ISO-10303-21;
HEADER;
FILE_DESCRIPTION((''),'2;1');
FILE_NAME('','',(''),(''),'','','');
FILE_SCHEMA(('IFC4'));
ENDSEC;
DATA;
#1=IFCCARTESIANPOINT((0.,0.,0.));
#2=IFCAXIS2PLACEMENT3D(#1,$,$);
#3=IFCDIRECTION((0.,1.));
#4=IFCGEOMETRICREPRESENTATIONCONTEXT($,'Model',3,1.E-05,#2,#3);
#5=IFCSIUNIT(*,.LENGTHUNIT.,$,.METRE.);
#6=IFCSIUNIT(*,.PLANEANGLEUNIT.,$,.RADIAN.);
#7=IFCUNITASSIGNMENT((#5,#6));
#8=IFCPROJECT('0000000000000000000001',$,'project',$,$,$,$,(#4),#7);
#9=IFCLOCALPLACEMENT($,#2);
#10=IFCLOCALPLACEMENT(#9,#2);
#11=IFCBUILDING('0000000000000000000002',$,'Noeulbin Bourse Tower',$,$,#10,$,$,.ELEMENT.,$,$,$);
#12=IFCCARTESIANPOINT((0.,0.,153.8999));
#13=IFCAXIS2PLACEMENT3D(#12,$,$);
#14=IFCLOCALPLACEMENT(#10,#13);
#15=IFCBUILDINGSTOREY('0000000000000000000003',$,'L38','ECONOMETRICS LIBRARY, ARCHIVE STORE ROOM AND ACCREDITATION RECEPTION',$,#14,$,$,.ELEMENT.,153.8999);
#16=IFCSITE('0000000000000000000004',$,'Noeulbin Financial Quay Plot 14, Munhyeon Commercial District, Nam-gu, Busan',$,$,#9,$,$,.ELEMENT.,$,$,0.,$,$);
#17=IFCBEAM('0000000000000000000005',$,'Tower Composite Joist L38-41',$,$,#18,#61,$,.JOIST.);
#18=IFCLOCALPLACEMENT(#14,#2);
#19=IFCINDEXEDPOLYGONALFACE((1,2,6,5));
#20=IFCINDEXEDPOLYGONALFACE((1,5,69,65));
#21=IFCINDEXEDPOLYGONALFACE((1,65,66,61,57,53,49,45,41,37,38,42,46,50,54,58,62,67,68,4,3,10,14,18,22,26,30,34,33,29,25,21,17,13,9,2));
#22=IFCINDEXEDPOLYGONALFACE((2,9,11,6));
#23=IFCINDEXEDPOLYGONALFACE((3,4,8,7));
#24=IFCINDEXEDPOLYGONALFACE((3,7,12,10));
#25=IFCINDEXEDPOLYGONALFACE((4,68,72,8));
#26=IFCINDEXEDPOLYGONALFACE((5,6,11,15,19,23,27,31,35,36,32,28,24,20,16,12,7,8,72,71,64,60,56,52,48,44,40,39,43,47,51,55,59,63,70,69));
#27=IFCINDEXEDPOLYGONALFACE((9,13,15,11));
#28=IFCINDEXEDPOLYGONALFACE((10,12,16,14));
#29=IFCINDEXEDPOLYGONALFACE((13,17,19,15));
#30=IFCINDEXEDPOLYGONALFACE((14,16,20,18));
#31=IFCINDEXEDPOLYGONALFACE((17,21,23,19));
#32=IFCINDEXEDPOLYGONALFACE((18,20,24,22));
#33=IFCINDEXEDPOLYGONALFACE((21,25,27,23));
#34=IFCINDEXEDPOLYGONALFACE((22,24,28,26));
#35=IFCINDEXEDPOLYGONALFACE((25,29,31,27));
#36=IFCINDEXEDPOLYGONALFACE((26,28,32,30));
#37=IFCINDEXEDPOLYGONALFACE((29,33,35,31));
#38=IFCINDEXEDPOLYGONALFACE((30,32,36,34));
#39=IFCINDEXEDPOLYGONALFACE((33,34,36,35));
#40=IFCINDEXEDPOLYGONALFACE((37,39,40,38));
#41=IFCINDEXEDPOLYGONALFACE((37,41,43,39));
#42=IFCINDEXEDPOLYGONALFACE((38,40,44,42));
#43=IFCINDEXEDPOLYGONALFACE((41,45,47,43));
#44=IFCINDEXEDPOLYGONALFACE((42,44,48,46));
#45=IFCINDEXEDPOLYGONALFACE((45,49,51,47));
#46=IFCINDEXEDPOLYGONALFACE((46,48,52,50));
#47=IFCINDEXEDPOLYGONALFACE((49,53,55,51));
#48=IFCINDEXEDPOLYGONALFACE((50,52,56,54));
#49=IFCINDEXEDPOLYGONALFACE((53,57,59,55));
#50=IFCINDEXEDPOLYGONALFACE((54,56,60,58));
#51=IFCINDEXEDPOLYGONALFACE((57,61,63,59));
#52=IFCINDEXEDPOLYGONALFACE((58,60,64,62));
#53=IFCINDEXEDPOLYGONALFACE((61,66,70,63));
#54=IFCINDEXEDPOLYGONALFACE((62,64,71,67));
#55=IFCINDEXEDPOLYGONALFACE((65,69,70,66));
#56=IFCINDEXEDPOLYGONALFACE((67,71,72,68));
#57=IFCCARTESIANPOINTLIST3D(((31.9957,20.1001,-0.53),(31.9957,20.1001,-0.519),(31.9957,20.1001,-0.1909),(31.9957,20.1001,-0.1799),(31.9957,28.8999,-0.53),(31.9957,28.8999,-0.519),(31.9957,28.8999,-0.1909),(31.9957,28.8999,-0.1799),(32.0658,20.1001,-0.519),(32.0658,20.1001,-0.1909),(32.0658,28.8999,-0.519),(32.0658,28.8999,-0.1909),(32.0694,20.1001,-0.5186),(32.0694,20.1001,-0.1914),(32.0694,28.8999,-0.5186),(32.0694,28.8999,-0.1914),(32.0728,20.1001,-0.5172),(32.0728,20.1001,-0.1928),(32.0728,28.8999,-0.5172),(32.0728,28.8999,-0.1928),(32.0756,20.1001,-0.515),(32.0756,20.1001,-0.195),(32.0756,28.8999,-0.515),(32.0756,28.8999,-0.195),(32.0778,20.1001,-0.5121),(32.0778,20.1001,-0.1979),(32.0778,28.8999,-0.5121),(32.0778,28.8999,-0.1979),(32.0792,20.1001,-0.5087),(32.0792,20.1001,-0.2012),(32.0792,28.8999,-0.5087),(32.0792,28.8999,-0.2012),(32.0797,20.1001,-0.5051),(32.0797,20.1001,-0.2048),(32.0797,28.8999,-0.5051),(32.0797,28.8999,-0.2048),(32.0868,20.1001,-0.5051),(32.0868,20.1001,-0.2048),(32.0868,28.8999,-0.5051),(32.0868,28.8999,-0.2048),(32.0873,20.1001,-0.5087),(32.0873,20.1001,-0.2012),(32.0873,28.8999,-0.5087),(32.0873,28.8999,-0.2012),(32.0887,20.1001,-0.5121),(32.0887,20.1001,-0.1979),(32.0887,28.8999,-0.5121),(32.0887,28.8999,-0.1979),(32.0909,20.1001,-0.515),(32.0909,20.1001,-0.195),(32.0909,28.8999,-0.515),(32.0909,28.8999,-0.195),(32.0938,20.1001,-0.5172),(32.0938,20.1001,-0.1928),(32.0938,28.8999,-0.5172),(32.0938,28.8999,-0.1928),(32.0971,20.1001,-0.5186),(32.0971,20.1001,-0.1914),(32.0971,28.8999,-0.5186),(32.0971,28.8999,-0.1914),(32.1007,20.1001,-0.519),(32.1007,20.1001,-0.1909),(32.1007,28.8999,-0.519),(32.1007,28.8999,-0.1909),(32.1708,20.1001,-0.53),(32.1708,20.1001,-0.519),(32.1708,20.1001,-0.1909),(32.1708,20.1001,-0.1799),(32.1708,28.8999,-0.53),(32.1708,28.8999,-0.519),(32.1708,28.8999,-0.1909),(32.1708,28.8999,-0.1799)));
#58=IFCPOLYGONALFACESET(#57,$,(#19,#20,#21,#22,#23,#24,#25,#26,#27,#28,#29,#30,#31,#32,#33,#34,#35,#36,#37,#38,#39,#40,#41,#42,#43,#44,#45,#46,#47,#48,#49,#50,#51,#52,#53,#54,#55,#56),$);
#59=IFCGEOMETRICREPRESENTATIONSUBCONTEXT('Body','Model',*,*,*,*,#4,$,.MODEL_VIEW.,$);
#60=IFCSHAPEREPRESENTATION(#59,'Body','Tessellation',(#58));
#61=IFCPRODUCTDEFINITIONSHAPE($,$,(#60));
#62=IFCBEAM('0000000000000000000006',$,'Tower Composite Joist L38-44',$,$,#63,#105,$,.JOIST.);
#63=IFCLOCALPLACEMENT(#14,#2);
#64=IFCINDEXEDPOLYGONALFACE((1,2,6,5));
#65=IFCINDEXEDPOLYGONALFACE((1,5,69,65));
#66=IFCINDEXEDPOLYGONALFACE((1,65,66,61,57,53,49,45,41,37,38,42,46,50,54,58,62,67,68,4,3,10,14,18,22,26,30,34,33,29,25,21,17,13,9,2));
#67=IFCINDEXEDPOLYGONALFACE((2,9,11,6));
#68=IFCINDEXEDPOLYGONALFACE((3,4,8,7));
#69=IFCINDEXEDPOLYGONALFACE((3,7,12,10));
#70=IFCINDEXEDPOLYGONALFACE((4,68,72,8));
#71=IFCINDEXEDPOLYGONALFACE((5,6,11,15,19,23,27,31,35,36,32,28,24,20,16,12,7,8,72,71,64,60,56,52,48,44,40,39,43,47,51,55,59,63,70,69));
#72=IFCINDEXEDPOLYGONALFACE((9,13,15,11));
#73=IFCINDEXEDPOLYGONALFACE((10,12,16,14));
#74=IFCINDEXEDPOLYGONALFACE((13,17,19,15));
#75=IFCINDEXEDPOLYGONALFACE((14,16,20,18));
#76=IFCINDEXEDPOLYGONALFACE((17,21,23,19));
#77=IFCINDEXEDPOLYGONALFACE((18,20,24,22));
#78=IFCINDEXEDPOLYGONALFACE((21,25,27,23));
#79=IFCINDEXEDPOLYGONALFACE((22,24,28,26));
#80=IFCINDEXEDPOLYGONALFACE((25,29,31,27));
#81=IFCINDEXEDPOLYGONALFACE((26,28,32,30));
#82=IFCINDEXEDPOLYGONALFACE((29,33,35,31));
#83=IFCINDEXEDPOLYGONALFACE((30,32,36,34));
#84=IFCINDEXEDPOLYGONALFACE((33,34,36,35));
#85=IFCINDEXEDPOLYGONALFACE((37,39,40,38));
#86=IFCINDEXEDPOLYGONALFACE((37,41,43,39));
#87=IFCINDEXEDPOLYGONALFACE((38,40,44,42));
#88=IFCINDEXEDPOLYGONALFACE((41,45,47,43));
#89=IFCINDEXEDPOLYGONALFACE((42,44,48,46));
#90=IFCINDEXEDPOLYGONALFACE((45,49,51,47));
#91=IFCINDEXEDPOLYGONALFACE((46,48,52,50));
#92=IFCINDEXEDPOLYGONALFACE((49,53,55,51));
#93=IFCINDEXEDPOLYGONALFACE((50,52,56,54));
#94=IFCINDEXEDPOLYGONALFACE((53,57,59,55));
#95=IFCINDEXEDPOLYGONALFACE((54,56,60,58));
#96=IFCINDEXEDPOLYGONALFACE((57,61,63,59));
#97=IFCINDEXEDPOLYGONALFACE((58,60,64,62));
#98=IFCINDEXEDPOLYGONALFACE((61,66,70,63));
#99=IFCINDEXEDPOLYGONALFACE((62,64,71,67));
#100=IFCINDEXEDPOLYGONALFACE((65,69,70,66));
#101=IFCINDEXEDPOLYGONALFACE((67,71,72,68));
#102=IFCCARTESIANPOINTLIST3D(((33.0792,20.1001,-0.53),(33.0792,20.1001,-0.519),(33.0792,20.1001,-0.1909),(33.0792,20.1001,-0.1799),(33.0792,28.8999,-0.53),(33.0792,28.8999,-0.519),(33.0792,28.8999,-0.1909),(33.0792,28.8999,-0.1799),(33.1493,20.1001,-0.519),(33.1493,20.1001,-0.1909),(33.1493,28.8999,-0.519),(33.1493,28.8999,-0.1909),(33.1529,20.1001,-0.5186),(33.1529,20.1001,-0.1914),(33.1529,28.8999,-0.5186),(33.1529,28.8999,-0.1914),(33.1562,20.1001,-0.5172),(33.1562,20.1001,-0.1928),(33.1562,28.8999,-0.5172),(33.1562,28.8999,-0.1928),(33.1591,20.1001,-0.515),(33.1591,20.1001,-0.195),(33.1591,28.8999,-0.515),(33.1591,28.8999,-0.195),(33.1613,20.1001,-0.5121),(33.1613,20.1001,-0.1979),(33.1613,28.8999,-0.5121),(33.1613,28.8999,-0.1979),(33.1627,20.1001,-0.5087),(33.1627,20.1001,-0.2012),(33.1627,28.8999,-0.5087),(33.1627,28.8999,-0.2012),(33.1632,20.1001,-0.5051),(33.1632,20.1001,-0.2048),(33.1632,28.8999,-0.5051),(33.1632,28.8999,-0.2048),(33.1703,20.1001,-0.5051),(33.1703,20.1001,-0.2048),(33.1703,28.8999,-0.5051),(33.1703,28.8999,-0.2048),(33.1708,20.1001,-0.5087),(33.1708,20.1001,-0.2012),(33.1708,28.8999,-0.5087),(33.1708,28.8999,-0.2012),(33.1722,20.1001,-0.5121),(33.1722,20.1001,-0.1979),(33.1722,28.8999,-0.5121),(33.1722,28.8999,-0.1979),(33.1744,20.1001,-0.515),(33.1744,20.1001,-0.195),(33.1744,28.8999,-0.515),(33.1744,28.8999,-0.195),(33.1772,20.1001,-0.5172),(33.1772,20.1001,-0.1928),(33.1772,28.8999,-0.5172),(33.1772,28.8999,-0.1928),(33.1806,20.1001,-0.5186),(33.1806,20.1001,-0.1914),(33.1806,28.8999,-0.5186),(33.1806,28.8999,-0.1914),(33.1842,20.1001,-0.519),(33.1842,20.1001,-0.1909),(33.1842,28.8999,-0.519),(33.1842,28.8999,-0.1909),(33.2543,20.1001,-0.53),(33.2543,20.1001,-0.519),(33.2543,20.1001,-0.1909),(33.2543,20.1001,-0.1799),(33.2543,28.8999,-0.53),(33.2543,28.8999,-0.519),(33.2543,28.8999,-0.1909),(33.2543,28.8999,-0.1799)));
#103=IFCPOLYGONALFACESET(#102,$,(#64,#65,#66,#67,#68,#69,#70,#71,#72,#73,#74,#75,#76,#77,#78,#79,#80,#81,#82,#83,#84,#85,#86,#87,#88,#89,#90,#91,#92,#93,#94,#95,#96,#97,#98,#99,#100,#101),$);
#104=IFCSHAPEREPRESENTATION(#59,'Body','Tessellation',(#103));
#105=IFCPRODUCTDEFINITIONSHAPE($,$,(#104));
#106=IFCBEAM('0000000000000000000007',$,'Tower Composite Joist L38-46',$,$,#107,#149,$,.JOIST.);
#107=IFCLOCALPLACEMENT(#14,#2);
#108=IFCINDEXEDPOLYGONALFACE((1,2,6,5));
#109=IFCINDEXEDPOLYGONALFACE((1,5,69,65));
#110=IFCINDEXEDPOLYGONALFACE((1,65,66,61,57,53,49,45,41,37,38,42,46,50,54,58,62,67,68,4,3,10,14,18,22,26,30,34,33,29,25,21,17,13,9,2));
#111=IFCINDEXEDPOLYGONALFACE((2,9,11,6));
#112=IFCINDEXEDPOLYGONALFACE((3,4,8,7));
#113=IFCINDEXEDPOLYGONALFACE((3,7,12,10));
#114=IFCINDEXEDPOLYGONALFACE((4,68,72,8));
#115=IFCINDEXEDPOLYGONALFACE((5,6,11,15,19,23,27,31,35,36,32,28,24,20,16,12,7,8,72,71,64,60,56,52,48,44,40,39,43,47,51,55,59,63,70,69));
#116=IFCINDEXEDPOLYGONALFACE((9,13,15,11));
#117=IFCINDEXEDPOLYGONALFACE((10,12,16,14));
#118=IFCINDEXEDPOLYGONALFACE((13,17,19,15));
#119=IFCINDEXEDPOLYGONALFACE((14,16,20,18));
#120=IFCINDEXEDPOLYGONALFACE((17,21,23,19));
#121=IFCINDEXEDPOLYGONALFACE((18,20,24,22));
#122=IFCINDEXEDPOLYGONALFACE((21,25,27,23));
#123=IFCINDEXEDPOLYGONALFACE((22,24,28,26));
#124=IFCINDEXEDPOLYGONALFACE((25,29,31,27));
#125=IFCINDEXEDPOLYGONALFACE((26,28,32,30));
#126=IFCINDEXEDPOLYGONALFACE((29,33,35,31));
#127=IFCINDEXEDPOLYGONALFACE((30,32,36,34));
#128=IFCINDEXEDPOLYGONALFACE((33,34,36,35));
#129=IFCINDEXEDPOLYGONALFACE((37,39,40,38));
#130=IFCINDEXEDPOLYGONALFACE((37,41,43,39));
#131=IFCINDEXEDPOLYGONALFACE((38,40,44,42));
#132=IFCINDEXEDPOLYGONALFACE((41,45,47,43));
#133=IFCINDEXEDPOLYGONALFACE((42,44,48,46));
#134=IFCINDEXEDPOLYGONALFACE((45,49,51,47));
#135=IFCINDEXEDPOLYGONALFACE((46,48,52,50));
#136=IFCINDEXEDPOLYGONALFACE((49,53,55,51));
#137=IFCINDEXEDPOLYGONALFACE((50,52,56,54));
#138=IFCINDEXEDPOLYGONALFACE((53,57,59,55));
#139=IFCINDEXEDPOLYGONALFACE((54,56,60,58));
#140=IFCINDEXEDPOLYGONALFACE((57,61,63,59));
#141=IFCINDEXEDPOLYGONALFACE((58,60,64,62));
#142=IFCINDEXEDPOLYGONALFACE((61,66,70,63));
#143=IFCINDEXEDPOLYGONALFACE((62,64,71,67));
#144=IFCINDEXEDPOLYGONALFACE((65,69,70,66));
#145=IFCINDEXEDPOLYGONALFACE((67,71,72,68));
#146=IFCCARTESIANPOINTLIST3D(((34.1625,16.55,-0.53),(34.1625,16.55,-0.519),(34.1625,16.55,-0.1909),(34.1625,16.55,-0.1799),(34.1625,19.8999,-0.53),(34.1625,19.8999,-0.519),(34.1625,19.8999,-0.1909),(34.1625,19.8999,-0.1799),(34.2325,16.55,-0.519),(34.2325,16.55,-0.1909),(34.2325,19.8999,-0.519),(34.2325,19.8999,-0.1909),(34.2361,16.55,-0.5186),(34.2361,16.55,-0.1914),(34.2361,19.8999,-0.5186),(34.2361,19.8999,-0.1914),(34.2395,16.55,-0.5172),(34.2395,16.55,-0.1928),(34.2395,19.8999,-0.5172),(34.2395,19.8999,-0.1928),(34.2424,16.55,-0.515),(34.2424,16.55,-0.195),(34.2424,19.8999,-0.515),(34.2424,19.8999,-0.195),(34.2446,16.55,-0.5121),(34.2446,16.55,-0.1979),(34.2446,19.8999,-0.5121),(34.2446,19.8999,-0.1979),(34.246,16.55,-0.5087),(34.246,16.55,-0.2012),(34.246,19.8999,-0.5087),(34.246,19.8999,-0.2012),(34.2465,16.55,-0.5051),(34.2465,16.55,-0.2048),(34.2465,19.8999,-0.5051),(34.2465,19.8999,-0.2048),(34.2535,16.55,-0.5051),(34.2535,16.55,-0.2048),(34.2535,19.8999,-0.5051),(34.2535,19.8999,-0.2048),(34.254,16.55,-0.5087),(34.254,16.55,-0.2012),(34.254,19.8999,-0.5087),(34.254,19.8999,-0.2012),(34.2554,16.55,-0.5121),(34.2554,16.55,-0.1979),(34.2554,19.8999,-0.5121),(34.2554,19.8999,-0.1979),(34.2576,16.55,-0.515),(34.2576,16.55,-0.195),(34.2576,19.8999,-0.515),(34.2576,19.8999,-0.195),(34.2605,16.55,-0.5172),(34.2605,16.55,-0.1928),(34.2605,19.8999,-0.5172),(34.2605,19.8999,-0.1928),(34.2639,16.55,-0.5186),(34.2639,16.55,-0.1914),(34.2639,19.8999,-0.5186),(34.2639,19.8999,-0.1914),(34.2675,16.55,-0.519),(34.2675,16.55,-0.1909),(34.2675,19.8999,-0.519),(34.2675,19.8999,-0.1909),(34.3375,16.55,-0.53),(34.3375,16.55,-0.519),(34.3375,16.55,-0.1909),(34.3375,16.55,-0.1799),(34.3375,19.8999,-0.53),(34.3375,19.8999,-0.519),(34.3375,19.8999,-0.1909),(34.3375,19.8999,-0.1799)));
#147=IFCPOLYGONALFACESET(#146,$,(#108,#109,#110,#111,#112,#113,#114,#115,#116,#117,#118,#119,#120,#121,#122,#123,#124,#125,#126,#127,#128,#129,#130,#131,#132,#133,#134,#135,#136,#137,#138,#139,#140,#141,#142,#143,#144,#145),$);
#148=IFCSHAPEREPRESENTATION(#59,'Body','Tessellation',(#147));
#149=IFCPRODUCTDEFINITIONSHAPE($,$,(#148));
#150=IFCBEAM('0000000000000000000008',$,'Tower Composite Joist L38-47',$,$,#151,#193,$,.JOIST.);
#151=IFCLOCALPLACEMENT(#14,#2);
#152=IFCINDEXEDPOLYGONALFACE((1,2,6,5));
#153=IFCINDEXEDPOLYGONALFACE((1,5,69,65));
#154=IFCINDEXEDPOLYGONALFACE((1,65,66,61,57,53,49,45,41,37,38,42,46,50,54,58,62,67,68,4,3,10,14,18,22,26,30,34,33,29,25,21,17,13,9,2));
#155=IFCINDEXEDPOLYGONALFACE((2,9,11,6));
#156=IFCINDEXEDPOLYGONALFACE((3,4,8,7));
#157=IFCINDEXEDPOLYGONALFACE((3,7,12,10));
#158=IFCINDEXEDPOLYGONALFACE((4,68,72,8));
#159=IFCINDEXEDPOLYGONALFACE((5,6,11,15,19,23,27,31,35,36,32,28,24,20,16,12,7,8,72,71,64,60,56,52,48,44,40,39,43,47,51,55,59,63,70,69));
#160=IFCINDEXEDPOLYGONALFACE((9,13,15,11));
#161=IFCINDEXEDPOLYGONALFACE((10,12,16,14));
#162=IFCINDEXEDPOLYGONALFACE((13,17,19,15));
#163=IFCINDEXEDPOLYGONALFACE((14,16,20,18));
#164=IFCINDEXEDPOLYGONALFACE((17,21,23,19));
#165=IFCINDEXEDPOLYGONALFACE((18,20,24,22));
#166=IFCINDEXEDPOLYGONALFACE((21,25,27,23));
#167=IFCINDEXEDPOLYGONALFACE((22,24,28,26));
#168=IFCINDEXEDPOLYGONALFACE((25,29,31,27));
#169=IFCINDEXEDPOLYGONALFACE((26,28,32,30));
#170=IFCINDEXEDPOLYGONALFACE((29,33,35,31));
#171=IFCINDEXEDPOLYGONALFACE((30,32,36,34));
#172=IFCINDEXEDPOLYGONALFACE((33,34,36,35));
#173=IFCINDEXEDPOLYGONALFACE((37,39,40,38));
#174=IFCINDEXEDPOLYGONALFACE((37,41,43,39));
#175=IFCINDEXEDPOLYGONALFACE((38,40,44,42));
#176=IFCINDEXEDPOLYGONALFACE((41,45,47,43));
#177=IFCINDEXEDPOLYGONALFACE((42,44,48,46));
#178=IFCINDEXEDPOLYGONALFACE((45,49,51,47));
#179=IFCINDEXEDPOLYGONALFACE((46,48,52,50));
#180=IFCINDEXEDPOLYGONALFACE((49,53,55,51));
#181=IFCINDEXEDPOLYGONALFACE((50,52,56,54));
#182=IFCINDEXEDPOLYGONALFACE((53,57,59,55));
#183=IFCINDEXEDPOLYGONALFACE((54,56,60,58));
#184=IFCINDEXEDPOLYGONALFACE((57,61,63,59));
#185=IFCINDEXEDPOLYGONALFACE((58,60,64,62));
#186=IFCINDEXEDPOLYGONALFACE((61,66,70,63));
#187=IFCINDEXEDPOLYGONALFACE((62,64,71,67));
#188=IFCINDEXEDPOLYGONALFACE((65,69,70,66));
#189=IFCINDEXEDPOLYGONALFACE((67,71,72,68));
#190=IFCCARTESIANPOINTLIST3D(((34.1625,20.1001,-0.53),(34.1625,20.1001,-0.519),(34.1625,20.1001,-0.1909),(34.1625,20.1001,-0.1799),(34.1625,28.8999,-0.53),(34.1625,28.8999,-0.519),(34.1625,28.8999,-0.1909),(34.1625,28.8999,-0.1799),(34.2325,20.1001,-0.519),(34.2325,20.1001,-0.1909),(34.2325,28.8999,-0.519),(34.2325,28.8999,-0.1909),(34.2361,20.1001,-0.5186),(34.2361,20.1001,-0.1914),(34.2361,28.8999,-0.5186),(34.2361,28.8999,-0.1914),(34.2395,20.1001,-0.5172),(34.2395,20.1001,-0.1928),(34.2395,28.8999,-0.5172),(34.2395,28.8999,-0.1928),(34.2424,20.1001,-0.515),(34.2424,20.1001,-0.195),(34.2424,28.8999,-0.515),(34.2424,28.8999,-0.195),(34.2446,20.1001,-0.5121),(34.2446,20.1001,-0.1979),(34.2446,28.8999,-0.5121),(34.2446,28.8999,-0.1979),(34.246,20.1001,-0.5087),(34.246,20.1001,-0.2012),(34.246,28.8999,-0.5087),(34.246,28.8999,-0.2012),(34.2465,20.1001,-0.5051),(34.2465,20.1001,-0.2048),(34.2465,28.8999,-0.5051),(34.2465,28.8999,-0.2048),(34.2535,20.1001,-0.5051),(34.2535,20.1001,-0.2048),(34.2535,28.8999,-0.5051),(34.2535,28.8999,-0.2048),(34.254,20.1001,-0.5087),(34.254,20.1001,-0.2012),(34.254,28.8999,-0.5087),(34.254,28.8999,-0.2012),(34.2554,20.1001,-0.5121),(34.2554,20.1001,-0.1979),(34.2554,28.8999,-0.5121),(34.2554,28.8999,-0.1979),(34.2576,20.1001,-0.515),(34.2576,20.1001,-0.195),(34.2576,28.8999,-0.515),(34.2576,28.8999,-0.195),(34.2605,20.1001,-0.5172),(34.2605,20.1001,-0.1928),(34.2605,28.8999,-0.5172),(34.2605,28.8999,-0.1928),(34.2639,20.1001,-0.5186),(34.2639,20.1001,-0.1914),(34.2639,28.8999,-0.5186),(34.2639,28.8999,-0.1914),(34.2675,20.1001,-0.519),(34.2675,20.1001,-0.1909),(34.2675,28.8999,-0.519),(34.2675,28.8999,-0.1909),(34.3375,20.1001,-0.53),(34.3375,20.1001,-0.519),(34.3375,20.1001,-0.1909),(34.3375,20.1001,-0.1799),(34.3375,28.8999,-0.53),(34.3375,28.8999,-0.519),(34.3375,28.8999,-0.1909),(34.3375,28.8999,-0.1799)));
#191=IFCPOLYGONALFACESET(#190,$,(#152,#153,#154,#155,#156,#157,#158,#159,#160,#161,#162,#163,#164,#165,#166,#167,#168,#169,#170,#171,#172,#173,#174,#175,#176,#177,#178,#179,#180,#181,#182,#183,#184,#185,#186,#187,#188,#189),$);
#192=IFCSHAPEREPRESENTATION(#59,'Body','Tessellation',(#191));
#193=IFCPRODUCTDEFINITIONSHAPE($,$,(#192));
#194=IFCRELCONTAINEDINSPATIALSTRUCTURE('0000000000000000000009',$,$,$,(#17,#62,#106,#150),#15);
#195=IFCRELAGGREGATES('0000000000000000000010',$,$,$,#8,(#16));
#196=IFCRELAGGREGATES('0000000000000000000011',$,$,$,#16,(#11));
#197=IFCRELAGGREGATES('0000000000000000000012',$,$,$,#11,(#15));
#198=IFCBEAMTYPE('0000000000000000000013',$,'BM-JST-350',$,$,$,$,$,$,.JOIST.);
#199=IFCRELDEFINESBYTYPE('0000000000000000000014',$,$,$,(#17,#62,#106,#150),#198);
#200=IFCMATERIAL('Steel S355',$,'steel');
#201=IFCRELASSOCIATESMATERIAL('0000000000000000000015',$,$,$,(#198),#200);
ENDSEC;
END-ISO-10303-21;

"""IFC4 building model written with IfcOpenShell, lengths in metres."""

from ifc_helpers import new_model, si_unit, direction, frame, origin, origin_2d, place, context, subcontext, project, spatial, i_section, extrude, material, material_profile, profile_set, type_object, element, save


model = new_model("IFC4")

# Units and contexts
model_context = context("Model", 3, precision=1e-05, world=origin(), true_north=direction((0.0, 1.0)))
body_context = subcontext(model_context, "Body", "Model", "MODEL_VIEW")
ifc_project = project(units=[si_unit("LENGTHUNIT", "METRE"), si_unit("PLANEANGLEUNIT", "RADIAN")], contexts=[model_context])

# Site, building, storey
site_placement = place(None, origin())
site = spatial("IfcSite", under=ifc_project, at=site_placement, Name="Noeulbin Financial Quay Plot 14, Munhyeon Commercial District, Nam-gu, Busan", CompositionType="ELEMENT", RefElevation=0.0)
building_placement = place(site_placement, origin())
building = spatial("IfcBuilding", under=site, at=building_placement, Name="Noeulbin Bourse Tower", CompositionType="ELEMENT")
storey_placement = place(building_placement, frame((0.0, 0.0, 153.8999)))
storey = spatial("IfcBuildingStorey", under=building, at=storey_placement, Name="L38", Description="ECONOMETRICS LIBRARY, ARCHIVE STORE ROOM AND ACCREDITATION RECEPTION", CompositionType="ELEMENT", Elevation=153.8999)

# Beams
ifc_material_1 = material(Name="Steel S355", Category="steel")
ifc_material_profile_1 = material_profile(ifc_material_1, i_section(OverallWidth=0.175, OverallDepth=0.3501, WebThickness=0.0071, FlangeThickness=0.011, FilletRadius=0.0139, at=origin_2d()), Name="H-350x175x7x11", Category="LoadBearing")
ifc_profile_set_1 = profile_set([ifc_material_profile_1], Name="Steel S355")
beam_type_1 = type_object("IfcBeamType", Name="BM-JST-350", PredefinedType="JOIST", material=ifc_profile_set_1)
for number, where, z_axis, x_axis, name in (
    (1, (32.0833, 20.1001, -0.355), (0.0, 1.0, 0.0), (-1.0, 0.0, 0.0), "Tower Composite Joist L38-41"),
    (2, (33.1667, 20.1001, -0.355), (0.0, 1.0, 0.0), (-1.0, 0.0, 0.0), "Tower Composite Joist L38-44"),
):
    element("IfcBeam", number, at=place(storey_placement, frame(where, z_axis=z_axis, x_axis=x_axis)), inside=storey, type_object=beam_type_1, Name=name, PredefinedType="JOIST", context=body_context, shape_type="SweptSolid", body=[
        extrude(i_section(OverallWidth=0.175, OverallDepth=0.3501, WebThickness=0.0071, FlangeThickness=0.011, FilletRadius=0.0139, at=origin_2d()), origin(), (0.0, 0.0, 1.0), 8.7998),
    ])
beam_1_placement = place(storey_placement, frame((34.25, 16.55, -0.355), z_axis=(0.0, 1.0, 0.0), x_axis=(-1.0, 0.0, 0.0)))
element("IfcBeam", 3, at=beam_1_placement, inside=storey, type_object=beam_type_1, Name="Tower Composite Joist L38-46", PredefinedType="JOIST", context=body_context, shape_type="SweptSolid", body=[
    extrude(i_section(OverallWidth=0.175, OverallDepth=0.3501, WebThickness=0.0071, FlangeThickness=0.011, FilletRadius=0.0139, at=origin_2d()), origin(), (0.0, 0.0, 1.0), 3.3499),
])
beam_2_placement = place(storey_placement, frame((34.25, 20.1001, -0.355), z_axis=(0.0, 1.0, 0.0), x_axis=(-1.0, 0.0, 0.0)))
element("IfcBeam", 4, at=beam_2_placement, inside=storey, type_object=beam_type_1, Name="Tower Composite Joist L38-47", PredefinedType="JOIST", context=body_context, shape_type="SweptSolid", body=[
    extrude(i_section(OverallWidth=0.175, OverallDepth=0.3501, WebThickness=0.0071, FlangeThickness=0.011, FilletRadius=0.0139, at=origin_2d()), origin(), (0.0, 0.0, 1.0), 8.7998),
])

save(model, "model.ifc")
